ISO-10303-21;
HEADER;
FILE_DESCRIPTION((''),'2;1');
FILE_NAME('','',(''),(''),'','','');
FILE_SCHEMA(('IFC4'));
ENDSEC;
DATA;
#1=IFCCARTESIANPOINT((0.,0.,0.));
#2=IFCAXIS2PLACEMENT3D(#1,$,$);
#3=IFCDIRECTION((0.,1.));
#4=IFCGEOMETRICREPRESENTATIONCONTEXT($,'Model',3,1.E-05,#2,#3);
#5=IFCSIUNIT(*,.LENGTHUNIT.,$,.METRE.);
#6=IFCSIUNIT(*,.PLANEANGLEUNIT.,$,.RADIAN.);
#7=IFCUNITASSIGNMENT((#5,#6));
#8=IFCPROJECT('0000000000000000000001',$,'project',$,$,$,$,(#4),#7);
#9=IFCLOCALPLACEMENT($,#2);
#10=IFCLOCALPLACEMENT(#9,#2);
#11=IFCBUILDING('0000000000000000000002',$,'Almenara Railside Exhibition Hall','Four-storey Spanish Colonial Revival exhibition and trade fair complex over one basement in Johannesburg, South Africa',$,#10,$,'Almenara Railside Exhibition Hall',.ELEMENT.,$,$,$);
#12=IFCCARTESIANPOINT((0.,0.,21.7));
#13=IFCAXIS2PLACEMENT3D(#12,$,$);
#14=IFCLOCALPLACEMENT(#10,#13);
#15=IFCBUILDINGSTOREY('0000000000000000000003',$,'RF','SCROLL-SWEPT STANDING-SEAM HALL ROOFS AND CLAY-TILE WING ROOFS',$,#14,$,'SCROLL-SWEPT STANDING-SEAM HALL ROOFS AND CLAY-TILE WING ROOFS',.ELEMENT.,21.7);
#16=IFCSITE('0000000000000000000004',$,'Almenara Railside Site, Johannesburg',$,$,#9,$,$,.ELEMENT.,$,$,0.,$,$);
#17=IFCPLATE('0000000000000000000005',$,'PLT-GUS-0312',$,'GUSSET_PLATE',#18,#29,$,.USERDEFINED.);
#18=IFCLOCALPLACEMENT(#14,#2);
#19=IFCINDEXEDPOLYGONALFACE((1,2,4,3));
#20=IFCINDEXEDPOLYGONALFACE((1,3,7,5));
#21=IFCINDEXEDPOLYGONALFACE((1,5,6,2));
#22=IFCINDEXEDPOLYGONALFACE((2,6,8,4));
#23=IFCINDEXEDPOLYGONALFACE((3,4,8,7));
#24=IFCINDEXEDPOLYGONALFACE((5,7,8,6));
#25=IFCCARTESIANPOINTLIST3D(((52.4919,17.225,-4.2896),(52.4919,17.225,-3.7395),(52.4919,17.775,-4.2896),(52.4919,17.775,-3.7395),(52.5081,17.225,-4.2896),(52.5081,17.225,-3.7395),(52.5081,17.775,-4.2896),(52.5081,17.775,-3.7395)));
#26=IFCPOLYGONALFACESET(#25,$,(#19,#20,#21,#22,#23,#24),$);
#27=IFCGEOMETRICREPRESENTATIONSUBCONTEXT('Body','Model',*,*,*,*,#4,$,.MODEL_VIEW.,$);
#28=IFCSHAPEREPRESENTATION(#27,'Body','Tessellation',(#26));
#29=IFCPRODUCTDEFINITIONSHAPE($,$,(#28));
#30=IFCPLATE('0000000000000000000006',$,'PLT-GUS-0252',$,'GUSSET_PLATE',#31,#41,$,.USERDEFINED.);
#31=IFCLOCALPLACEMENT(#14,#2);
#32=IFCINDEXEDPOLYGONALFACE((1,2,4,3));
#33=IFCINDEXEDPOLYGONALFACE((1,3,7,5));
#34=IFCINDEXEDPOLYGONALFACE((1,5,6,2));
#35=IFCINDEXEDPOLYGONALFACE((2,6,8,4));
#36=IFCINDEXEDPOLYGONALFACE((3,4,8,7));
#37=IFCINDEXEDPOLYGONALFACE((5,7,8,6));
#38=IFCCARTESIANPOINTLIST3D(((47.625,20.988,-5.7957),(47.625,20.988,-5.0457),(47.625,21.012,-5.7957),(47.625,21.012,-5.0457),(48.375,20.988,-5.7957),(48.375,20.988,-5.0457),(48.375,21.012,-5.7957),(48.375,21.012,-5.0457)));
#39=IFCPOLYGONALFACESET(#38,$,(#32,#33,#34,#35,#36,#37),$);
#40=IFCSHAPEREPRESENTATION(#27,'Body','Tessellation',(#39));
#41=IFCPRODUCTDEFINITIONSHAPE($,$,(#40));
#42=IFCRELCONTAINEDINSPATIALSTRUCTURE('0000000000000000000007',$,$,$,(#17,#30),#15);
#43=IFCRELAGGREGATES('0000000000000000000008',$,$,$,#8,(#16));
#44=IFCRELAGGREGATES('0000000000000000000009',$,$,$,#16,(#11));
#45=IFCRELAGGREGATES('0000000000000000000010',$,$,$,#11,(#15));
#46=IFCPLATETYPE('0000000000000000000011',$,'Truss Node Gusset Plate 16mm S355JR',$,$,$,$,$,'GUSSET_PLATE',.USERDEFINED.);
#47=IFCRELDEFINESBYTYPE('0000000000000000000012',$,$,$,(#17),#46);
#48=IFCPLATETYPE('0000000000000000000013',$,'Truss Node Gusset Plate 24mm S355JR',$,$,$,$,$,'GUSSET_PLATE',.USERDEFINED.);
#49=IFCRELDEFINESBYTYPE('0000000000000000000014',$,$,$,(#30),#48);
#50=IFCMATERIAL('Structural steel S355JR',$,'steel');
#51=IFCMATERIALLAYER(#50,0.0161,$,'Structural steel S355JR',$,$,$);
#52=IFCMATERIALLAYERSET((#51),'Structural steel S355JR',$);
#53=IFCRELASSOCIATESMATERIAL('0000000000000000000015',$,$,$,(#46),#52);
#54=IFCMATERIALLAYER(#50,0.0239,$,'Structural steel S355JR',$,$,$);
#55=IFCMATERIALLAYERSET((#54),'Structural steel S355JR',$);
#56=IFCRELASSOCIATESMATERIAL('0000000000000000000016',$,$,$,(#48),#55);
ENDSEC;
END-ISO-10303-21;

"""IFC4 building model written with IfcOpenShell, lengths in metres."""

from ifc_helpers import new_model, si_unit, direction, frame, origin, origin_2d, place, context, subcontext, project, spatial, rectangle, extrude, material, layer, layer_set, type_object, element, save


model = new_model("IFC4")

# Units and contexts
model_context = context("Model", 3, precision=1e-05, world=origin(), true_north=direction((0.0, 1.0)))
body_context = subcontext(model_context, "Body", "Model", "MODEL_VIEW")
ifc_project = project(units=[si_unit("LENGTHUNIT", "METRE"), si_unit("PLANEANGLEUNIT", "RADIAN")], contexts=[model_context])

# Site, building, storey
site_placement = place(None, origin())
site = spatial("IfcSite", under=ifc_project, at=site_placement, Name="Almenara Railside Site, Johannesburg", CompositionType="ELEMENT", RefElevation=0.0)
building_placement = place(site_placement, origin())
building = spatial("IfcBuilding", under=site, at=building_placement, Name="Almenara Railside Exhibition Hall", Description="Four-storey Spanish Colonial Revival exhibition and trade fair complex over one basement in Johannesburg, South Africa", LongName="Almenara Railside Exhibition Hall", CompositionType="ELEMENT")
storey_placement = place(building_placement, frame((0.0, 0.0, 21.7)))
storey = spatial("IfcBuildingStorey", under=building, at=storey_placement, Name="RF", Description="SCROLL-SWEPT STANDING-SEAM HALL ROOFS AND CLAY-TILE WING ROOFS", LongName="SCROLL-SWEPT STANDING-SEAM HALL ROOFS AND CLAY-TILE WING ROOFS", CompositionType="ELEMENT", Elevation=21.7)

# Shared definitions
ifc_material_1 = material(Name="Structural steel S355JR", Category="steel")

# Plates
ifc_layer_1 = layer(ifc_material_1, 0.0161, Name="Structural steel S355JR")
ifc_layer_set_1 = layer_set([ifc_layer_1], Name="Structural steel S355JR")
plate_type_1 = type_object("IfcPlateType", Name="Truss Node Gusset Plate 16mm S355JR", ElementType="GUSSET_PLATE", PredefinedType="USERDEFINED", material=ifc_layer_set_1)
plate_1_placement = place(storey_placement, frame((52.5, 17.5, -4.2896), z_axis=(0.0, 0.0, 1.0), x_axis=(0.0, 1.0, 0.0)))
element("IfcPlate", 1, at=plate_1_placement, inside=storey, type_object=plate_type_1, Name="PLT-GUS-0312", ObjectType="GUSSET_PLATE", PredefinedType="USERDEFINED", context=body_context, shape_type="SweptSolid", body=[
    extrude(rectangle(XDim=0.55, YDim=0.0161, at=origin_2d()), origin(), (0.0, 0.0, 1.0), 0.55),
])
ifc_layer_2 = layer(ifc_material_1, 0.0239, Name="Structural steel S355JR")
ifc_layer_set_2 = layer_set([ifc_layer_2], Name="Structural steel S355JR")
plate_type_2 = type_object("IfcPlateType", Name="Truss Node Gusset Plate 24mm S355JR", ElementType="GUSSET_PLATE", PredefinedType="USERDEFINED", material=ifc_layer_set_2)
plate_2_placement = place(storey_placement, frame((48.0, 21.0, -5.7957), z_axis=(0.0, 0.0, 1.0), x_axis=(1.0, 0.0, 0.0)))
element("IfcPlate", 2, at=plate_2_placement, inside=storey, type_object=plate_type_2, Name="PLT-GUS-0252", ObjectType="GUSSET_PLATE", PredefinedType="USERDEFINED", context=body_context, shape_type="SweptSolid", body=[
    extrude(rectangle(XDim=0.75, YDim=0.0239, at=origin_2d()), origin(), (0.0, 0.0, 1.0), 0.75),
])

save(model, "model.ifc")
